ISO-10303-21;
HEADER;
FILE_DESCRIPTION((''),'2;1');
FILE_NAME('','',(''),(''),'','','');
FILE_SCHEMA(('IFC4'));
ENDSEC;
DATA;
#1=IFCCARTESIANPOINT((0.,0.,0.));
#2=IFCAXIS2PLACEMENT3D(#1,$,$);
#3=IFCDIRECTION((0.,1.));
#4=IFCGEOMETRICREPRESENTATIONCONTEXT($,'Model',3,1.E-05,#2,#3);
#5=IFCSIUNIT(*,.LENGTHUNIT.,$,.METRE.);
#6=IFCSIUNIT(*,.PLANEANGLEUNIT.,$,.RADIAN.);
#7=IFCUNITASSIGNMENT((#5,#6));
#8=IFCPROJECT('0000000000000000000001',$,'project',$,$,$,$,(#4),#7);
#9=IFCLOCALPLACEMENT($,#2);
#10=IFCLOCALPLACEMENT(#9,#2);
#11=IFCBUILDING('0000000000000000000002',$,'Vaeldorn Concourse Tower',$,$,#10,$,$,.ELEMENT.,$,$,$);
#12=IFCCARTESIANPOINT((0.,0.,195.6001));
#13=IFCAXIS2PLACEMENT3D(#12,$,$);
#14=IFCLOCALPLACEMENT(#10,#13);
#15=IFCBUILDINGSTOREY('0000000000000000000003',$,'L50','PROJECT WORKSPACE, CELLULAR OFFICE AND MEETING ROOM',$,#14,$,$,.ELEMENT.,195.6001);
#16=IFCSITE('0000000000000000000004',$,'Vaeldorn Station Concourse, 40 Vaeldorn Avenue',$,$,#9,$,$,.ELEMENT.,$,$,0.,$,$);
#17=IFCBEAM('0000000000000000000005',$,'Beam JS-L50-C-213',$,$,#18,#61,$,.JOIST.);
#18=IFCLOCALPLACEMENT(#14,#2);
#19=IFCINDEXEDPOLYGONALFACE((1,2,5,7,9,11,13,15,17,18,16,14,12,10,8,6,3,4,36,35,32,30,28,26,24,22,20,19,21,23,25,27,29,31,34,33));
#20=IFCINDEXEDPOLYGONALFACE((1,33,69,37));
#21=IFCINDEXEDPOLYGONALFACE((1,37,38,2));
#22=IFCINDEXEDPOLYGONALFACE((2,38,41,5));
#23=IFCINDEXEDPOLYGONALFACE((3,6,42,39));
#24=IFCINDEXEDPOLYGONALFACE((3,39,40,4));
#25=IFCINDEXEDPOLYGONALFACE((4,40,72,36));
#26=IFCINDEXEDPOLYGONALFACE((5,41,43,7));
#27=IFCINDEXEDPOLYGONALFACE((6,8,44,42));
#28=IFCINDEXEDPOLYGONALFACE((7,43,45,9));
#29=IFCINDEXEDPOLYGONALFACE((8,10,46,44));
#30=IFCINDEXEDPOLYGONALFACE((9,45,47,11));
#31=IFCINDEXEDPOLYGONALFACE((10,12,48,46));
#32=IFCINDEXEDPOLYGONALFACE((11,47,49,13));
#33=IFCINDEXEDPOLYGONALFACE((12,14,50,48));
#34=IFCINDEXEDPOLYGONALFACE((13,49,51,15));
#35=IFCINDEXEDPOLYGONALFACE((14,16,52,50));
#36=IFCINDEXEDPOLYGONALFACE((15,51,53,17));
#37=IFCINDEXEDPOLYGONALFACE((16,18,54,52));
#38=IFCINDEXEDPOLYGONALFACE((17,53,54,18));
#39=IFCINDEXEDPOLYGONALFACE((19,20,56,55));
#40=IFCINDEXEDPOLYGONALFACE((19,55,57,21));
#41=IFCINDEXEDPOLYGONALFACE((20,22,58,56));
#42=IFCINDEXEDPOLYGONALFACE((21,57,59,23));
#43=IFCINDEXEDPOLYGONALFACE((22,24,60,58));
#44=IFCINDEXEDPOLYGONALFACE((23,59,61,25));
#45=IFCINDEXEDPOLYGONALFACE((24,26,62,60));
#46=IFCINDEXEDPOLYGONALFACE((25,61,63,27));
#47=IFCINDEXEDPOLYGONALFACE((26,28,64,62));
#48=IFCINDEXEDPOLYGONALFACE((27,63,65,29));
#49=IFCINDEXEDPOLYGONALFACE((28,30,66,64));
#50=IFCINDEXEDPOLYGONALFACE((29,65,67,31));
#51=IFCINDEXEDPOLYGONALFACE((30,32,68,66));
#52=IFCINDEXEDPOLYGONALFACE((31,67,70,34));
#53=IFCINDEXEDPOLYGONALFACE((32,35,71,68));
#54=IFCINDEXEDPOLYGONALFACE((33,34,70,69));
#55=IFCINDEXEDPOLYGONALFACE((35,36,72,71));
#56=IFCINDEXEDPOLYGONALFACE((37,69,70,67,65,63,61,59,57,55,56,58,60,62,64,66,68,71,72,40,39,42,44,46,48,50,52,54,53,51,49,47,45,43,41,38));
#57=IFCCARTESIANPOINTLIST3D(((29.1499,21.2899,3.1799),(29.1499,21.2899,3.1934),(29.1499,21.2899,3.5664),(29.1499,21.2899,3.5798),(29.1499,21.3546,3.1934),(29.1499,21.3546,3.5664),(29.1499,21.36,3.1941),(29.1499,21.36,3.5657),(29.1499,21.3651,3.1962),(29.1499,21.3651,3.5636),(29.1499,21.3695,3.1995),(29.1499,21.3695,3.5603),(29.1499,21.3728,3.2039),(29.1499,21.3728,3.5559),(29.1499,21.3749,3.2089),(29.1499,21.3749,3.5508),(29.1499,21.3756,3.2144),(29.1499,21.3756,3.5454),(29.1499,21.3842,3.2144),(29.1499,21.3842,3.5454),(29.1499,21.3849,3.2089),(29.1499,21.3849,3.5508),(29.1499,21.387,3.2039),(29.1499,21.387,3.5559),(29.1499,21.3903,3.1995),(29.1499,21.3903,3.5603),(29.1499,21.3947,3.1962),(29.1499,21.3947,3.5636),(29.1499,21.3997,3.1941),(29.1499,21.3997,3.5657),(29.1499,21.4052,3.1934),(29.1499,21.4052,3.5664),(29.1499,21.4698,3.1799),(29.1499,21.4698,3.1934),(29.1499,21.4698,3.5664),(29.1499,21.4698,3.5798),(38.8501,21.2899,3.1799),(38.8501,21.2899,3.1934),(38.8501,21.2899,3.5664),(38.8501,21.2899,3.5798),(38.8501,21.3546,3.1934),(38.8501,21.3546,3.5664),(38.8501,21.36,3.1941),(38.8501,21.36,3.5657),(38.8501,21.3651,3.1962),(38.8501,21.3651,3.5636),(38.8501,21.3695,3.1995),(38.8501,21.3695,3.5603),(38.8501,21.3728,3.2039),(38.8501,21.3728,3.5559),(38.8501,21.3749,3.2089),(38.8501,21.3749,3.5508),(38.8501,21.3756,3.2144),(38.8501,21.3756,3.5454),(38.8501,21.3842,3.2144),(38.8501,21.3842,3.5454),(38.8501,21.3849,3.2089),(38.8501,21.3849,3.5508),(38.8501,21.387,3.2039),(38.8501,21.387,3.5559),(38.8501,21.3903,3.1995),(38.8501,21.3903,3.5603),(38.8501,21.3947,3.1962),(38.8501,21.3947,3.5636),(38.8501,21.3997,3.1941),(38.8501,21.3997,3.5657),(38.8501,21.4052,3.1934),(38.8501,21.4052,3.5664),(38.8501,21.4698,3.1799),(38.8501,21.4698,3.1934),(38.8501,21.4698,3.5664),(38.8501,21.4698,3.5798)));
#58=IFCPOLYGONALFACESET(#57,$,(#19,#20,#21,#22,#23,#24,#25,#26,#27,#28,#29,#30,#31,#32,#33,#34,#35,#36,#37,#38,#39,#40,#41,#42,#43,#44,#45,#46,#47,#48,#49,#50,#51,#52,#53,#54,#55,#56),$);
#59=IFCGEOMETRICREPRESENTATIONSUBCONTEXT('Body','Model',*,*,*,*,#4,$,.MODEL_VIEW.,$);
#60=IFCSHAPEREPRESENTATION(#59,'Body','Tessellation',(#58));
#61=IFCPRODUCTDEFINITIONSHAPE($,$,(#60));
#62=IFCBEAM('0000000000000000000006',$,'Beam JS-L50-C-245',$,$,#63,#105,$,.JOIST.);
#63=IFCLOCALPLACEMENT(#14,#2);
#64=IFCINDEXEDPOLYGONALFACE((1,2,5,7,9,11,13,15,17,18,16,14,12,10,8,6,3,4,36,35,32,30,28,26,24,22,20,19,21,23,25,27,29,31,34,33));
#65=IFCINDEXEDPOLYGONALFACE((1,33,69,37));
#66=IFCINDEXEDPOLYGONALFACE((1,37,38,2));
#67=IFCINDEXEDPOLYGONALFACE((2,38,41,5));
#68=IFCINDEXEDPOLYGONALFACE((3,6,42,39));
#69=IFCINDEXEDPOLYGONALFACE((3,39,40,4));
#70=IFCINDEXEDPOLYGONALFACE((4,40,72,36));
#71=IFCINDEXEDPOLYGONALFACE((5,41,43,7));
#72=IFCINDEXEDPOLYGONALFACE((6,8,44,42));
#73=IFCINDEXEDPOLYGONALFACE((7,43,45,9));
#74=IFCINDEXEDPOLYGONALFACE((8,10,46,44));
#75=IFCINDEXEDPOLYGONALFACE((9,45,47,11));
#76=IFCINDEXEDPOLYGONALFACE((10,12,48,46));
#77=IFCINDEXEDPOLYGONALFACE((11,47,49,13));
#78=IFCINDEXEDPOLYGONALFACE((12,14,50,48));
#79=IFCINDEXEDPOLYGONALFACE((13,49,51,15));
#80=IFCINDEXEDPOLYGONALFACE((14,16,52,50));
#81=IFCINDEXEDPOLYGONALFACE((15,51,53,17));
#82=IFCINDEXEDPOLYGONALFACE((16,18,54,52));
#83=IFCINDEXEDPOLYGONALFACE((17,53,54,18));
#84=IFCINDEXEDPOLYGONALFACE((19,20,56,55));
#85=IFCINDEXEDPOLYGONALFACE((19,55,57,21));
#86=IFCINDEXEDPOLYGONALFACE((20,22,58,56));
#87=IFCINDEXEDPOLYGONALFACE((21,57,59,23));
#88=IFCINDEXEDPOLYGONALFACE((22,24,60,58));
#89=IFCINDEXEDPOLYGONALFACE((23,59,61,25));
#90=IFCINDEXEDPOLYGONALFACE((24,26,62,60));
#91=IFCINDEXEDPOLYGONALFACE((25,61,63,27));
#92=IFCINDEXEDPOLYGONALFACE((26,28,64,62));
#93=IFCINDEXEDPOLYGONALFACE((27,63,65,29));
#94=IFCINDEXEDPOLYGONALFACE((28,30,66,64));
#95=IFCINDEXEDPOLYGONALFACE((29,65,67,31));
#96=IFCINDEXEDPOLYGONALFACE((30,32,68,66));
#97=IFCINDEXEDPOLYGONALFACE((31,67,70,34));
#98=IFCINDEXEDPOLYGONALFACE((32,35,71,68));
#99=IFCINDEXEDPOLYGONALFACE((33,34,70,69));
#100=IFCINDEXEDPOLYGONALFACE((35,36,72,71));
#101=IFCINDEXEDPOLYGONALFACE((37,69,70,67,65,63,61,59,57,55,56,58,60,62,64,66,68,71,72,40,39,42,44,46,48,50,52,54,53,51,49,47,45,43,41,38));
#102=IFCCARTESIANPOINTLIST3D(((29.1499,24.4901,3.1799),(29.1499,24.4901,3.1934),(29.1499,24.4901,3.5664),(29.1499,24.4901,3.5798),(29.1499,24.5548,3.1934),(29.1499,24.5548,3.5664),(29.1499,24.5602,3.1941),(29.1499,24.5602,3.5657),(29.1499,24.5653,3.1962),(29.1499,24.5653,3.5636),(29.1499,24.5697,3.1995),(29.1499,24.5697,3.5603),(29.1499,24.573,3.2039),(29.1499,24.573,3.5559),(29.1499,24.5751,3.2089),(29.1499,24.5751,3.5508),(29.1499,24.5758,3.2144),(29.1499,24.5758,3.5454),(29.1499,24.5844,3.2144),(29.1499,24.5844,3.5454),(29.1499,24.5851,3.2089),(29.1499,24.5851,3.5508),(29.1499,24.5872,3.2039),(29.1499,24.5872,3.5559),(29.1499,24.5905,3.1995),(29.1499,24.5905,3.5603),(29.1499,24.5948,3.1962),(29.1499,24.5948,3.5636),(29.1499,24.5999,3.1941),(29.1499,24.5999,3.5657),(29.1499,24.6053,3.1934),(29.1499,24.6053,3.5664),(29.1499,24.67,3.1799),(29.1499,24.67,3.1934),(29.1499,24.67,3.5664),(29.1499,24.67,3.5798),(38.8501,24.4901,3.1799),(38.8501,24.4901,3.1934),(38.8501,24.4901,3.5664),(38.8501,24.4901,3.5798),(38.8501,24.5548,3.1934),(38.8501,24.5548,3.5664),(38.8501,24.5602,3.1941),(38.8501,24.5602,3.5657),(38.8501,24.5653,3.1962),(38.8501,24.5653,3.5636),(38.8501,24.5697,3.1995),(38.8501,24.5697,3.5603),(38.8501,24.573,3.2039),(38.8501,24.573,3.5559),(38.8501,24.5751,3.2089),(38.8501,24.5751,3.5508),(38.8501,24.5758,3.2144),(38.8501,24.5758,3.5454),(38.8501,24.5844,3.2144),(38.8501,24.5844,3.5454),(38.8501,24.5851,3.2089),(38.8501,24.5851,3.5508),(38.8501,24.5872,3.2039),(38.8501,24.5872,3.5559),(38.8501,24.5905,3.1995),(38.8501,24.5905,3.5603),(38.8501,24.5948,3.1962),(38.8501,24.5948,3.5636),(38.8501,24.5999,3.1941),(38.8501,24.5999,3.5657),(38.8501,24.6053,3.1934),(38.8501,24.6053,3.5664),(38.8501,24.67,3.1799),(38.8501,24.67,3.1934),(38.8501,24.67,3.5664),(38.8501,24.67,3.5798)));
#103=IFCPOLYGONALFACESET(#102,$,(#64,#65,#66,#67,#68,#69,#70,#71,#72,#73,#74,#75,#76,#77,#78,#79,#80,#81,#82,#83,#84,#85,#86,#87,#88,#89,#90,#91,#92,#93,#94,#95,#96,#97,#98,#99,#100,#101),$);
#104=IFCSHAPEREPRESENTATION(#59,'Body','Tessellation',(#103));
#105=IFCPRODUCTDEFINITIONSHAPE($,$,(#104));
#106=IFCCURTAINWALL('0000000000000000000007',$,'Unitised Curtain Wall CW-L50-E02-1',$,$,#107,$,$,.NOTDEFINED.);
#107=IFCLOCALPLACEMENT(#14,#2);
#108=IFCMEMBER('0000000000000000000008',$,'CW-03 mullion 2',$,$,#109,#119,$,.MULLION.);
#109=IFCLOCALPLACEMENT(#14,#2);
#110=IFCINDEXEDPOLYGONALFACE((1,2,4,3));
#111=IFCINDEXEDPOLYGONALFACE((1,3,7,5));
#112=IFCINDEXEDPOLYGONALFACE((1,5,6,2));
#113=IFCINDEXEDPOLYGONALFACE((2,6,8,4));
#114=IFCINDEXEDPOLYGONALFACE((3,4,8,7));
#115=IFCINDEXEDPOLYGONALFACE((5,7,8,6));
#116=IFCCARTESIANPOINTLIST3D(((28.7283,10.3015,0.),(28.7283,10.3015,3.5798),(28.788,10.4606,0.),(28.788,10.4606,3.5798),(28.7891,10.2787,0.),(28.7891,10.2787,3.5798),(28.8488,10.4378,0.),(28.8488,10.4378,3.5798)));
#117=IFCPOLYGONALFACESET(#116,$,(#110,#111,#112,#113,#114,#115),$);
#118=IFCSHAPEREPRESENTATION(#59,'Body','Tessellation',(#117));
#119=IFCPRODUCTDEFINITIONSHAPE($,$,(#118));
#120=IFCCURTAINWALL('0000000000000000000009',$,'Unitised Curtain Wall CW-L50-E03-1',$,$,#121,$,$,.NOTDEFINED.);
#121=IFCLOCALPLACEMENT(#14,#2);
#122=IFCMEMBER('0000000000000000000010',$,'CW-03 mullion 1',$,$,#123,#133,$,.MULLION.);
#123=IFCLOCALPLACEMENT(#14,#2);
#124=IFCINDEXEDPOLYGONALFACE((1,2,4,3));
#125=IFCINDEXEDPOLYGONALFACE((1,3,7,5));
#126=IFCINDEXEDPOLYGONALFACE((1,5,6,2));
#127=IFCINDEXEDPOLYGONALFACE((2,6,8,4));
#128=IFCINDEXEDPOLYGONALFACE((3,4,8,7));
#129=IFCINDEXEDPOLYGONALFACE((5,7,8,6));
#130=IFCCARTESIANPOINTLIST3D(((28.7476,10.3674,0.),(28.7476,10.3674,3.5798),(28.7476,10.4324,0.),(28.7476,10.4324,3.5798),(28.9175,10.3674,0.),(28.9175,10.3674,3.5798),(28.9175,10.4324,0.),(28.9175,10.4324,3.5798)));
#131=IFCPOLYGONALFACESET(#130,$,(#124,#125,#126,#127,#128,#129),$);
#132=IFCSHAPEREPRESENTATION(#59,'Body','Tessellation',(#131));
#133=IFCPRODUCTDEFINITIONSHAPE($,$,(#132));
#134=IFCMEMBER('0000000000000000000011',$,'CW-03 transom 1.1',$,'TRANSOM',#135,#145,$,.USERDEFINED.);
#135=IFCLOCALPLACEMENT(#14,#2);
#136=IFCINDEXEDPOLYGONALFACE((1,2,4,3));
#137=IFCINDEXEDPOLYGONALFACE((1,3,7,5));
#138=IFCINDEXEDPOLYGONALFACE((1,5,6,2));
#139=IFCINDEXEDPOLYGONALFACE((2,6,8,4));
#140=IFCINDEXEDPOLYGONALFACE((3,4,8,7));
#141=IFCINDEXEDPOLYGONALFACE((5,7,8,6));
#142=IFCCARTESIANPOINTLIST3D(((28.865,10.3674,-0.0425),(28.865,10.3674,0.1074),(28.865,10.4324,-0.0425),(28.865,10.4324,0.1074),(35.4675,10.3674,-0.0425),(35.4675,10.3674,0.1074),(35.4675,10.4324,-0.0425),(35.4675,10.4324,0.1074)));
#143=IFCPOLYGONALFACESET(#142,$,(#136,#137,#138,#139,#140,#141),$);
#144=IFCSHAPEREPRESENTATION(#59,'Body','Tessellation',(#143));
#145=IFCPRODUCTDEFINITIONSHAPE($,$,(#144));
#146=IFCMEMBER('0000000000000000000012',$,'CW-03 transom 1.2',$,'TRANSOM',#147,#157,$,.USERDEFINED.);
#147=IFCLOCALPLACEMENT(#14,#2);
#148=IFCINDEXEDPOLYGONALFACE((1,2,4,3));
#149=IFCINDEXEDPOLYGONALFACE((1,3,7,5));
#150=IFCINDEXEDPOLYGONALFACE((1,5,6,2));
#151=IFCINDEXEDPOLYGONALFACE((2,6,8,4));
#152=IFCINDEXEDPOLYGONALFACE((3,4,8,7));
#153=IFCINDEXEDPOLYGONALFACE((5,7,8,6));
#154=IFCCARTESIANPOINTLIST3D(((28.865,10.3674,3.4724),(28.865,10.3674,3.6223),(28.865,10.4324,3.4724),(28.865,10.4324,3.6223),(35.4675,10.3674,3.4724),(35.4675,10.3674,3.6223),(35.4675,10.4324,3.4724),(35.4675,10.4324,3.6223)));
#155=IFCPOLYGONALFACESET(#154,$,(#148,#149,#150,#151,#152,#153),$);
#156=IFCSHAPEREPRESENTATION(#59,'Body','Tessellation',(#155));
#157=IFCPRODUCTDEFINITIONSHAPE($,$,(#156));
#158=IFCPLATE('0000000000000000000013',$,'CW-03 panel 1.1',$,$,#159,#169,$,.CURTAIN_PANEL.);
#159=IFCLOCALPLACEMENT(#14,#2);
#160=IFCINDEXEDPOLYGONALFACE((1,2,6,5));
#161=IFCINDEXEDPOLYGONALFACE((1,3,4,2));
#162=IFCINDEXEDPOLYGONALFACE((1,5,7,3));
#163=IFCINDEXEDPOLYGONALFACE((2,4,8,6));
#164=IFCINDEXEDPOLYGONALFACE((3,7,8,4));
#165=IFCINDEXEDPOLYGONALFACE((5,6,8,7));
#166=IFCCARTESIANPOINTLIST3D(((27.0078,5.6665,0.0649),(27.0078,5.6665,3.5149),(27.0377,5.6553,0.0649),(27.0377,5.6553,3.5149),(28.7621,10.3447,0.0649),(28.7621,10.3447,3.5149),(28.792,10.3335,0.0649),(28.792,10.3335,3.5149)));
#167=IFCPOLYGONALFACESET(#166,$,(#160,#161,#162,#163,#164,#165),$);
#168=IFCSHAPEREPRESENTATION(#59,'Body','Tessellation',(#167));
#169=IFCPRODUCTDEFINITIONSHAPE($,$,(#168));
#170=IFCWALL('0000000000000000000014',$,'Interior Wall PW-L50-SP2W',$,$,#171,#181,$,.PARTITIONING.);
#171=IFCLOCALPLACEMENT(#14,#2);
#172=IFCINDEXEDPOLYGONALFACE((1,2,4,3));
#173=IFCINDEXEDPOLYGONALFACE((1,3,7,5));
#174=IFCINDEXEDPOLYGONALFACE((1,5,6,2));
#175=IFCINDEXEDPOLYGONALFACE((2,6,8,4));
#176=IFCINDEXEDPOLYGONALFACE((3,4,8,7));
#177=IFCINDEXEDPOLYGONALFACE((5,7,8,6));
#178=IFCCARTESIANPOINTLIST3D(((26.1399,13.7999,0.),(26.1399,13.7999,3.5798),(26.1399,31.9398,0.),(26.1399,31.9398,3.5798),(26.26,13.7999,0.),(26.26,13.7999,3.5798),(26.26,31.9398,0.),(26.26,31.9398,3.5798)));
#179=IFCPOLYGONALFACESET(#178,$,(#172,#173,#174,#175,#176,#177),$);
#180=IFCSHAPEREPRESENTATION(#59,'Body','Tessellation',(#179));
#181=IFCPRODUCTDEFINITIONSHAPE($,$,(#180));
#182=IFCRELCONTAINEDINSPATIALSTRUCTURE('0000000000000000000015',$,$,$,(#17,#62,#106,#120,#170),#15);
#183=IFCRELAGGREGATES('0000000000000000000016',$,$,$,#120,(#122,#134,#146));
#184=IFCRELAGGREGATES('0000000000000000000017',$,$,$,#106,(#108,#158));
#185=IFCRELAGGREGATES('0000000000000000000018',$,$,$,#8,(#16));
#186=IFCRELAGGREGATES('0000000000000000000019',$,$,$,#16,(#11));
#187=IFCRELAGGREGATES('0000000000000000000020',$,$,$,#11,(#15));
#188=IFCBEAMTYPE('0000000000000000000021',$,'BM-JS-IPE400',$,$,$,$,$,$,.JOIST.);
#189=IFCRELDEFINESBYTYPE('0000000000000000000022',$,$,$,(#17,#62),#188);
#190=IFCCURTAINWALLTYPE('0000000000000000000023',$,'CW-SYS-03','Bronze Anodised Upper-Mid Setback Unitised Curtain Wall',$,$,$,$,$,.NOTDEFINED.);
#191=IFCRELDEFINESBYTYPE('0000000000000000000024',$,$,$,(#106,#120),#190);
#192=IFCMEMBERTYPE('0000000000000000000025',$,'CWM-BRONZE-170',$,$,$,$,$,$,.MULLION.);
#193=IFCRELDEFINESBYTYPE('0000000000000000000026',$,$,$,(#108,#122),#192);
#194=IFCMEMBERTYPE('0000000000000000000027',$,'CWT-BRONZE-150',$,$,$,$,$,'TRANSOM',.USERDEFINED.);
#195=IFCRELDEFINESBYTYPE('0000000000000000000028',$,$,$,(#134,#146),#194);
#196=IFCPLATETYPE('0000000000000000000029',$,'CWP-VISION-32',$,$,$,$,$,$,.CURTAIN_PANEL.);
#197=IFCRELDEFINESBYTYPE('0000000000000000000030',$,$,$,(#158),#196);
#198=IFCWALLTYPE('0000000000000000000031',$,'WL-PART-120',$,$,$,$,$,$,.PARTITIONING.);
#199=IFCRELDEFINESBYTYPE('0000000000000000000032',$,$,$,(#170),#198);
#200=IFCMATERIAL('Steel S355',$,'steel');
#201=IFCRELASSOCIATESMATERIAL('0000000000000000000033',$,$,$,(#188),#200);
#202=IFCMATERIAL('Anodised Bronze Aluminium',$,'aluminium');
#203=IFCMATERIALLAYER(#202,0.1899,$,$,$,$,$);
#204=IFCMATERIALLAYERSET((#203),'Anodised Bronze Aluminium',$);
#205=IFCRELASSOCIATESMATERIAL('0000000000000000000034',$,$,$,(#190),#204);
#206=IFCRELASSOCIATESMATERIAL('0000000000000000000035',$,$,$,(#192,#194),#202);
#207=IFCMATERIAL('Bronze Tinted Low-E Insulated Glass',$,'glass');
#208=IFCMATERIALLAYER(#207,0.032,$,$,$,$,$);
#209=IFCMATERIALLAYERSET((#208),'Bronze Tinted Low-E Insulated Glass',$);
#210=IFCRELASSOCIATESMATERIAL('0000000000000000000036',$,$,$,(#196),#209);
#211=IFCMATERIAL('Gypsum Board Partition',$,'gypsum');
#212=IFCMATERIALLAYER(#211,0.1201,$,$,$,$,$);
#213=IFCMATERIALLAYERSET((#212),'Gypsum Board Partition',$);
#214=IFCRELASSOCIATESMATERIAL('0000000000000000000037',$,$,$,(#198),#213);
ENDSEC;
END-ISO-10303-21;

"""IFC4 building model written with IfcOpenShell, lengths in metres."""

from ifc_helpers import new_model, si_unit, direction, frame, frame_2d, origin, origin_2d, place, context, subcontext, project, spatial, rectangle, i_section, extrude, source, transform, mapped, material, layer, layer_set, material_profile, profile_set, type_object, element, aggregate, save


model = new_model("IFC4")

# Units and contexts
model_context = context("Model", 3, precision=1e-05, world=origin(), true_north=direction((0.0, 1.0)))
body_context = subcontext(model_context, "Body", "Model", "MODEL_VIEW")
ifc_project = project(units=[si_unit("LENGTHUNIT", "METRE"), si_unit("PLANEANGLEUNIT", "RADIAN")], contexts=[model_context])

# Site, building, storey
site_placement = place(None, origin())
site = spatial("IfcSite", under=ifc_project, at=site_placement, Name="Vaeldorn Station Concourse, 40 Vaeldorn Avenue", CompositionType="ELEMENT", RefElevation=0.0)
building_placement = place(site_placement, origin())
building = spatial("IfcBuilding", under=site, at=building_placement, Name="Vaeldorn Concourse Tower", CompositionType="ELEMENT")
storey_placement = place(building_placement, frame((0.0, 0.0, 195.6001)))
storey = spatial("IfcBuildingStorey", under=building, at=storey_placement, Name="L50", Description="PROJECT WORKSPACE, CELLULAR OFFICE AND MEETING ROOM", CompositionType="ELEMENT", Elevation=195.6001)

# Shared definitions
ifc_material_1 = material(Name="Steel S355", Category="steel")

# Beams
ifc_material_profile_1 = material_profile(ifc_material_1, i_section(OverallWidth=0.1799, OverallDepth=0.3999, WebThickness=0.0085, FlangeThickness=0.0134, FilletRadius=0.021, at=origin_2d()), Name="IPE 400")
ifc_profile_set_1 = profile_set([ifc_material_profile_1], Name="Steel S355")
beam_type_1 = type_object("IfcBeamType", Name="BM-JS-IPE400", PredefinedType="JOIST", material=ifc_profile_set_1)
shared_shape_1 = source(origin(), body_context, "Body", "SweptSolid", [
    extrude(i_section(OverallWidth=0.1799, OverallDepth=0.3999, WebThickness=0.0085, FlangeThickness=0.0134, FilletRadius=0.021, at=origin_2d()), origin(), (0.0, 0.0, 1.0), 9.7002),
])
for number, where, z_axis, x_axis, name in (
    (1, (29.1499, 21.3799, 3.3799), (1.0, 0.0, 0.0), (0.0, 1.0, 0.0), "Beam JS-L50-C-213"),
    (2, (29.1499, 24.5801, 3.3799), (1.0, 0.0, 0.0), (0.0, 1.0, 0.0), "Beam JS-L50-C-245"),
):
    element("IfcBeam", number, at=place(storey_placement, frame(where, z_axis=z_axis, x_axis=x_axis)), inside=storey, type_object=beam_type_1, Name=name, PredefinedType="JOIST", context=body_context, shape_type="MappedRepresentation", body=[
        mapped(shared_shape_1, transform((0.0, 0.0, 0.0), scale=1.0)),
    ])

# Curtain wall, member
ifc_material_2 = material(Name="Anodised Bronze Aluminium", Category="aluminium")
ifc_layer_1 = layer(ifc_material_2, 0.1899)
ifc_layer_set_1 = layer_set([ifc_layer_1], Name="Anodised Bronze Aluminium")
curtain_wall_type = type_object("IfcCurtainWallType", Name="CW-SYS-03", Description="Bronze Anodised Upper-Mid Setback Unitised Curtain Wall", PredefinedType="NOTDEFINED", material=ifc_layer_set_1)
curtain_wall_1_placement = place(storey_placement, origin())
curtain_wall_1 = element("IfcCurtainWall", 3, at=curtain_wall_1_placement, inside=storey, type_object=curtain_wall_type, Name="Unitised Curtain Wall CW-L50-E02-1", PredefinedType="NOTDEFINED")
ifc_material_profile_2 = material_profile(ifc_material_2, rectangle(XDim=0.0649, YDim=0.1699, at=origin_2d()), Name="CWM 65x170")
ifc_profile_set_2 = profile_set([ifc_material_profile_2], Name="Anodised Bronze Aluminium")
member_type_1 = type_object("IfcMemberType", Name="CWM-BRONZE-170", PredefinedType="MULLION", material=ifc_profile_set_2)
shared_shape_2 = source(origin(), body_context, "Body", "SweptSolid", [
    extrude(rectangle(XDim=0.0649, YDim=0.1699, at=origin_2d()), origin(), (0.0, 0.0, 1.0), 3.5798),
])
member_1_placement = place(storey_placement, frame((28.7886, 10.3696, 0.0), z_axis=(0.0, 0.0, 1.0), x_axis=(-0.936329, 0.351123, 0.0)))
member_1 = element("IfcMember", 4, at=member_1_placement, type_object=member_type_1, Name="CW-03 mullion 2", PredefinedType="MULLION", context=body_context, shape_type="MappedRepresentation", body=[
    mapped(shared_shape_2, transform((0.0, 0.0, 0.0), scale=1.0)),
])

# Curtain wall, members
curtain_wall_2_placement = place(storey_placement, origin())
curtain_wall_2 = element("IfcCurtainWall", 5, at=curtain_wall_2_placement, inside=storey, type_object=curtain_wall_type, Name="Unitised Curtain Wall CW-L50-E03-1", PredefinedType="NOTDEFINED")
member_2_placement = place(storey_placement, frame((28.8325, 10.3999, 0.0), z_axis=(0.0, 0.0, 1.0), x_axis=(0.0, 1.0, 0.0)))
member_2 = element("IfcMember", 6, at=member_2_placement, type_object=member_type_1, Name="CW-03 mullion 1", PredefinedType="MULLION", context=body_context, shape_type="MappedRepresentation", body=[
    mapped(shared_shape_2, transform((0.0, 0.0, 0.0), scale=1.0)),
])
ifc_material_profile_3 = material_profile(ifc_material_2, rectangle(XDim=0.0649, YDim=0.1499, at=origin_2d()), Name="CWT 65x150")
ifc_profile_set_3 = profile_set([ifc_material_profile_3], Name="Anodised Bronze Aluminium")
member_type_2 = type_object("IfcMemberType", Name="CWT-BRONZE-150", ElementType="TRANSOM", PredefinedType="USERDEFINED", material=ifc_profile_set_3)
shared_shape_3 = source(origin(), body_context, "Body", "SweptSolid", [
    extrude(rectangle(XDim=0.0649, YDim=0.1499, at=origin_2d()), origin(), (0.0, 0.0, 1.0), 6.6025),
])
member_3_placement = place(storey_placement, frame((28.865, 10.3999, 0.0325), z_axis=(1.0, 0.0, 0.0), x_axis=(0.0, 1.0, 0.0)))
member_3 = element("IfcMember", 7, at=member_3_placement, type_object=member_type_2, Name="CW-03 transom 1.1", ObjectType="TRANSOM", PredefinedType="USERDEFINED", context=body_context, shape_type="MappedRepresentation", body=[
    mapped(shared_shape_3, transform((0.0, 0.0, 0.0), scale=1.0)),
])
member_4_placement = place(storey_placement, frame((28.865, 10.3999, 3.5474), z_axis=(1.0, 0.0, 0.0), x_axis=(0.0, 1.0, 0.0)))
member_4 = element("IfcMember", 8, at=member_4_placement, type_object=member_type_2, Name="CW-03 transom 1.2", ObjectType="TRANSOM", PredefinedType="USERDEFINED", context=body_context, shape_type="MappedRepresentation", body=[
    mapped(shared_shape_3, transform((0.0, 0.0, 0.0), scale=1.0)),
])
aggregate(curtain_wall_2, [member_2, member_3, member_4])

# Plate
ifc_material_3 = material(Name="Bronze Tinted Low-E Insulated Glass", Category="glass")
ifc_layer_2 = layer(ifc_material_3, 0.032)
ifc_layer_set_2 = layer_set([ifc_layer_2], Name="Bronze Tinted Low-E Insulated Glass")
plate_type = type_object("IfcPlateType", Name="CWP-VISION-32", PredefinedType="CURTAIN_PANEL", material=ifc_layer_set_2)
shared_shape_4 = source(origin(), body_context, "Body", "SweptSolid", [
    extrude(rectangle(XDim=4.9963, YDim=0.032, at=origin_2d()), origin(), (0.0, 0.0, 1.0), 3.45),
])
plate_placement = place(storey_placement, frame((27.8999, 8.0, 0.0649), z_axis=(0.0, 0.0, 1.0), x_axis=(0.351123, 0.936329, 0.0)))
plate = element("IfcPlate", 9, at=plate_placement, type_object=plate_type, Name="CW-03 panel 1.1", PredefinedType="CURTAIN_PANEL", context=body_context, shape_type="MappedRepresentation", body=[
    mapped(shared_shape_4, transform((0.0, 0.0, 0.0), scale=1.0)),
])
aggregate(curtain_wall_1, [member_1, plate])

# Wall
ifc_material_4 = material(Name="Gypsum Board Partition", Category="gypsum")
ifc_layer_3 = layer(ifc_material_4, 0.1201)
ifc_layer_set_3 = layer_set([ifc_layer_3], Name="Gypsum Board Partition")
wall_type = type_object("IfcWallType", Name="WL-PART-120", PredefinedType="PARTITIONING", material=ifc_layer_set_3)
wall_1_placement = place(storey_placement, frame((26.2, 13.8, 0.0), z_axis=(0.0, 0.0, 1.0), x_axis=(0.0, 1.0, 0.0)))
element("IfcWall", 10, at=wall_1_placement, inside=storey, type_object=wall_type, Name="Interior Wall PW-L50-SP2W", PredefinedType="PARTITIONING", context=body_context, shape_type="SweptSolid", body=[
    extrude(rectangle(XDim=18.1399, YDim=0.1201, at=frame_2d((9.0698, 0.0))), origin(), (0.0, 0.0, 1.0), 3.5798),
])

save(model, "model.ifc")
